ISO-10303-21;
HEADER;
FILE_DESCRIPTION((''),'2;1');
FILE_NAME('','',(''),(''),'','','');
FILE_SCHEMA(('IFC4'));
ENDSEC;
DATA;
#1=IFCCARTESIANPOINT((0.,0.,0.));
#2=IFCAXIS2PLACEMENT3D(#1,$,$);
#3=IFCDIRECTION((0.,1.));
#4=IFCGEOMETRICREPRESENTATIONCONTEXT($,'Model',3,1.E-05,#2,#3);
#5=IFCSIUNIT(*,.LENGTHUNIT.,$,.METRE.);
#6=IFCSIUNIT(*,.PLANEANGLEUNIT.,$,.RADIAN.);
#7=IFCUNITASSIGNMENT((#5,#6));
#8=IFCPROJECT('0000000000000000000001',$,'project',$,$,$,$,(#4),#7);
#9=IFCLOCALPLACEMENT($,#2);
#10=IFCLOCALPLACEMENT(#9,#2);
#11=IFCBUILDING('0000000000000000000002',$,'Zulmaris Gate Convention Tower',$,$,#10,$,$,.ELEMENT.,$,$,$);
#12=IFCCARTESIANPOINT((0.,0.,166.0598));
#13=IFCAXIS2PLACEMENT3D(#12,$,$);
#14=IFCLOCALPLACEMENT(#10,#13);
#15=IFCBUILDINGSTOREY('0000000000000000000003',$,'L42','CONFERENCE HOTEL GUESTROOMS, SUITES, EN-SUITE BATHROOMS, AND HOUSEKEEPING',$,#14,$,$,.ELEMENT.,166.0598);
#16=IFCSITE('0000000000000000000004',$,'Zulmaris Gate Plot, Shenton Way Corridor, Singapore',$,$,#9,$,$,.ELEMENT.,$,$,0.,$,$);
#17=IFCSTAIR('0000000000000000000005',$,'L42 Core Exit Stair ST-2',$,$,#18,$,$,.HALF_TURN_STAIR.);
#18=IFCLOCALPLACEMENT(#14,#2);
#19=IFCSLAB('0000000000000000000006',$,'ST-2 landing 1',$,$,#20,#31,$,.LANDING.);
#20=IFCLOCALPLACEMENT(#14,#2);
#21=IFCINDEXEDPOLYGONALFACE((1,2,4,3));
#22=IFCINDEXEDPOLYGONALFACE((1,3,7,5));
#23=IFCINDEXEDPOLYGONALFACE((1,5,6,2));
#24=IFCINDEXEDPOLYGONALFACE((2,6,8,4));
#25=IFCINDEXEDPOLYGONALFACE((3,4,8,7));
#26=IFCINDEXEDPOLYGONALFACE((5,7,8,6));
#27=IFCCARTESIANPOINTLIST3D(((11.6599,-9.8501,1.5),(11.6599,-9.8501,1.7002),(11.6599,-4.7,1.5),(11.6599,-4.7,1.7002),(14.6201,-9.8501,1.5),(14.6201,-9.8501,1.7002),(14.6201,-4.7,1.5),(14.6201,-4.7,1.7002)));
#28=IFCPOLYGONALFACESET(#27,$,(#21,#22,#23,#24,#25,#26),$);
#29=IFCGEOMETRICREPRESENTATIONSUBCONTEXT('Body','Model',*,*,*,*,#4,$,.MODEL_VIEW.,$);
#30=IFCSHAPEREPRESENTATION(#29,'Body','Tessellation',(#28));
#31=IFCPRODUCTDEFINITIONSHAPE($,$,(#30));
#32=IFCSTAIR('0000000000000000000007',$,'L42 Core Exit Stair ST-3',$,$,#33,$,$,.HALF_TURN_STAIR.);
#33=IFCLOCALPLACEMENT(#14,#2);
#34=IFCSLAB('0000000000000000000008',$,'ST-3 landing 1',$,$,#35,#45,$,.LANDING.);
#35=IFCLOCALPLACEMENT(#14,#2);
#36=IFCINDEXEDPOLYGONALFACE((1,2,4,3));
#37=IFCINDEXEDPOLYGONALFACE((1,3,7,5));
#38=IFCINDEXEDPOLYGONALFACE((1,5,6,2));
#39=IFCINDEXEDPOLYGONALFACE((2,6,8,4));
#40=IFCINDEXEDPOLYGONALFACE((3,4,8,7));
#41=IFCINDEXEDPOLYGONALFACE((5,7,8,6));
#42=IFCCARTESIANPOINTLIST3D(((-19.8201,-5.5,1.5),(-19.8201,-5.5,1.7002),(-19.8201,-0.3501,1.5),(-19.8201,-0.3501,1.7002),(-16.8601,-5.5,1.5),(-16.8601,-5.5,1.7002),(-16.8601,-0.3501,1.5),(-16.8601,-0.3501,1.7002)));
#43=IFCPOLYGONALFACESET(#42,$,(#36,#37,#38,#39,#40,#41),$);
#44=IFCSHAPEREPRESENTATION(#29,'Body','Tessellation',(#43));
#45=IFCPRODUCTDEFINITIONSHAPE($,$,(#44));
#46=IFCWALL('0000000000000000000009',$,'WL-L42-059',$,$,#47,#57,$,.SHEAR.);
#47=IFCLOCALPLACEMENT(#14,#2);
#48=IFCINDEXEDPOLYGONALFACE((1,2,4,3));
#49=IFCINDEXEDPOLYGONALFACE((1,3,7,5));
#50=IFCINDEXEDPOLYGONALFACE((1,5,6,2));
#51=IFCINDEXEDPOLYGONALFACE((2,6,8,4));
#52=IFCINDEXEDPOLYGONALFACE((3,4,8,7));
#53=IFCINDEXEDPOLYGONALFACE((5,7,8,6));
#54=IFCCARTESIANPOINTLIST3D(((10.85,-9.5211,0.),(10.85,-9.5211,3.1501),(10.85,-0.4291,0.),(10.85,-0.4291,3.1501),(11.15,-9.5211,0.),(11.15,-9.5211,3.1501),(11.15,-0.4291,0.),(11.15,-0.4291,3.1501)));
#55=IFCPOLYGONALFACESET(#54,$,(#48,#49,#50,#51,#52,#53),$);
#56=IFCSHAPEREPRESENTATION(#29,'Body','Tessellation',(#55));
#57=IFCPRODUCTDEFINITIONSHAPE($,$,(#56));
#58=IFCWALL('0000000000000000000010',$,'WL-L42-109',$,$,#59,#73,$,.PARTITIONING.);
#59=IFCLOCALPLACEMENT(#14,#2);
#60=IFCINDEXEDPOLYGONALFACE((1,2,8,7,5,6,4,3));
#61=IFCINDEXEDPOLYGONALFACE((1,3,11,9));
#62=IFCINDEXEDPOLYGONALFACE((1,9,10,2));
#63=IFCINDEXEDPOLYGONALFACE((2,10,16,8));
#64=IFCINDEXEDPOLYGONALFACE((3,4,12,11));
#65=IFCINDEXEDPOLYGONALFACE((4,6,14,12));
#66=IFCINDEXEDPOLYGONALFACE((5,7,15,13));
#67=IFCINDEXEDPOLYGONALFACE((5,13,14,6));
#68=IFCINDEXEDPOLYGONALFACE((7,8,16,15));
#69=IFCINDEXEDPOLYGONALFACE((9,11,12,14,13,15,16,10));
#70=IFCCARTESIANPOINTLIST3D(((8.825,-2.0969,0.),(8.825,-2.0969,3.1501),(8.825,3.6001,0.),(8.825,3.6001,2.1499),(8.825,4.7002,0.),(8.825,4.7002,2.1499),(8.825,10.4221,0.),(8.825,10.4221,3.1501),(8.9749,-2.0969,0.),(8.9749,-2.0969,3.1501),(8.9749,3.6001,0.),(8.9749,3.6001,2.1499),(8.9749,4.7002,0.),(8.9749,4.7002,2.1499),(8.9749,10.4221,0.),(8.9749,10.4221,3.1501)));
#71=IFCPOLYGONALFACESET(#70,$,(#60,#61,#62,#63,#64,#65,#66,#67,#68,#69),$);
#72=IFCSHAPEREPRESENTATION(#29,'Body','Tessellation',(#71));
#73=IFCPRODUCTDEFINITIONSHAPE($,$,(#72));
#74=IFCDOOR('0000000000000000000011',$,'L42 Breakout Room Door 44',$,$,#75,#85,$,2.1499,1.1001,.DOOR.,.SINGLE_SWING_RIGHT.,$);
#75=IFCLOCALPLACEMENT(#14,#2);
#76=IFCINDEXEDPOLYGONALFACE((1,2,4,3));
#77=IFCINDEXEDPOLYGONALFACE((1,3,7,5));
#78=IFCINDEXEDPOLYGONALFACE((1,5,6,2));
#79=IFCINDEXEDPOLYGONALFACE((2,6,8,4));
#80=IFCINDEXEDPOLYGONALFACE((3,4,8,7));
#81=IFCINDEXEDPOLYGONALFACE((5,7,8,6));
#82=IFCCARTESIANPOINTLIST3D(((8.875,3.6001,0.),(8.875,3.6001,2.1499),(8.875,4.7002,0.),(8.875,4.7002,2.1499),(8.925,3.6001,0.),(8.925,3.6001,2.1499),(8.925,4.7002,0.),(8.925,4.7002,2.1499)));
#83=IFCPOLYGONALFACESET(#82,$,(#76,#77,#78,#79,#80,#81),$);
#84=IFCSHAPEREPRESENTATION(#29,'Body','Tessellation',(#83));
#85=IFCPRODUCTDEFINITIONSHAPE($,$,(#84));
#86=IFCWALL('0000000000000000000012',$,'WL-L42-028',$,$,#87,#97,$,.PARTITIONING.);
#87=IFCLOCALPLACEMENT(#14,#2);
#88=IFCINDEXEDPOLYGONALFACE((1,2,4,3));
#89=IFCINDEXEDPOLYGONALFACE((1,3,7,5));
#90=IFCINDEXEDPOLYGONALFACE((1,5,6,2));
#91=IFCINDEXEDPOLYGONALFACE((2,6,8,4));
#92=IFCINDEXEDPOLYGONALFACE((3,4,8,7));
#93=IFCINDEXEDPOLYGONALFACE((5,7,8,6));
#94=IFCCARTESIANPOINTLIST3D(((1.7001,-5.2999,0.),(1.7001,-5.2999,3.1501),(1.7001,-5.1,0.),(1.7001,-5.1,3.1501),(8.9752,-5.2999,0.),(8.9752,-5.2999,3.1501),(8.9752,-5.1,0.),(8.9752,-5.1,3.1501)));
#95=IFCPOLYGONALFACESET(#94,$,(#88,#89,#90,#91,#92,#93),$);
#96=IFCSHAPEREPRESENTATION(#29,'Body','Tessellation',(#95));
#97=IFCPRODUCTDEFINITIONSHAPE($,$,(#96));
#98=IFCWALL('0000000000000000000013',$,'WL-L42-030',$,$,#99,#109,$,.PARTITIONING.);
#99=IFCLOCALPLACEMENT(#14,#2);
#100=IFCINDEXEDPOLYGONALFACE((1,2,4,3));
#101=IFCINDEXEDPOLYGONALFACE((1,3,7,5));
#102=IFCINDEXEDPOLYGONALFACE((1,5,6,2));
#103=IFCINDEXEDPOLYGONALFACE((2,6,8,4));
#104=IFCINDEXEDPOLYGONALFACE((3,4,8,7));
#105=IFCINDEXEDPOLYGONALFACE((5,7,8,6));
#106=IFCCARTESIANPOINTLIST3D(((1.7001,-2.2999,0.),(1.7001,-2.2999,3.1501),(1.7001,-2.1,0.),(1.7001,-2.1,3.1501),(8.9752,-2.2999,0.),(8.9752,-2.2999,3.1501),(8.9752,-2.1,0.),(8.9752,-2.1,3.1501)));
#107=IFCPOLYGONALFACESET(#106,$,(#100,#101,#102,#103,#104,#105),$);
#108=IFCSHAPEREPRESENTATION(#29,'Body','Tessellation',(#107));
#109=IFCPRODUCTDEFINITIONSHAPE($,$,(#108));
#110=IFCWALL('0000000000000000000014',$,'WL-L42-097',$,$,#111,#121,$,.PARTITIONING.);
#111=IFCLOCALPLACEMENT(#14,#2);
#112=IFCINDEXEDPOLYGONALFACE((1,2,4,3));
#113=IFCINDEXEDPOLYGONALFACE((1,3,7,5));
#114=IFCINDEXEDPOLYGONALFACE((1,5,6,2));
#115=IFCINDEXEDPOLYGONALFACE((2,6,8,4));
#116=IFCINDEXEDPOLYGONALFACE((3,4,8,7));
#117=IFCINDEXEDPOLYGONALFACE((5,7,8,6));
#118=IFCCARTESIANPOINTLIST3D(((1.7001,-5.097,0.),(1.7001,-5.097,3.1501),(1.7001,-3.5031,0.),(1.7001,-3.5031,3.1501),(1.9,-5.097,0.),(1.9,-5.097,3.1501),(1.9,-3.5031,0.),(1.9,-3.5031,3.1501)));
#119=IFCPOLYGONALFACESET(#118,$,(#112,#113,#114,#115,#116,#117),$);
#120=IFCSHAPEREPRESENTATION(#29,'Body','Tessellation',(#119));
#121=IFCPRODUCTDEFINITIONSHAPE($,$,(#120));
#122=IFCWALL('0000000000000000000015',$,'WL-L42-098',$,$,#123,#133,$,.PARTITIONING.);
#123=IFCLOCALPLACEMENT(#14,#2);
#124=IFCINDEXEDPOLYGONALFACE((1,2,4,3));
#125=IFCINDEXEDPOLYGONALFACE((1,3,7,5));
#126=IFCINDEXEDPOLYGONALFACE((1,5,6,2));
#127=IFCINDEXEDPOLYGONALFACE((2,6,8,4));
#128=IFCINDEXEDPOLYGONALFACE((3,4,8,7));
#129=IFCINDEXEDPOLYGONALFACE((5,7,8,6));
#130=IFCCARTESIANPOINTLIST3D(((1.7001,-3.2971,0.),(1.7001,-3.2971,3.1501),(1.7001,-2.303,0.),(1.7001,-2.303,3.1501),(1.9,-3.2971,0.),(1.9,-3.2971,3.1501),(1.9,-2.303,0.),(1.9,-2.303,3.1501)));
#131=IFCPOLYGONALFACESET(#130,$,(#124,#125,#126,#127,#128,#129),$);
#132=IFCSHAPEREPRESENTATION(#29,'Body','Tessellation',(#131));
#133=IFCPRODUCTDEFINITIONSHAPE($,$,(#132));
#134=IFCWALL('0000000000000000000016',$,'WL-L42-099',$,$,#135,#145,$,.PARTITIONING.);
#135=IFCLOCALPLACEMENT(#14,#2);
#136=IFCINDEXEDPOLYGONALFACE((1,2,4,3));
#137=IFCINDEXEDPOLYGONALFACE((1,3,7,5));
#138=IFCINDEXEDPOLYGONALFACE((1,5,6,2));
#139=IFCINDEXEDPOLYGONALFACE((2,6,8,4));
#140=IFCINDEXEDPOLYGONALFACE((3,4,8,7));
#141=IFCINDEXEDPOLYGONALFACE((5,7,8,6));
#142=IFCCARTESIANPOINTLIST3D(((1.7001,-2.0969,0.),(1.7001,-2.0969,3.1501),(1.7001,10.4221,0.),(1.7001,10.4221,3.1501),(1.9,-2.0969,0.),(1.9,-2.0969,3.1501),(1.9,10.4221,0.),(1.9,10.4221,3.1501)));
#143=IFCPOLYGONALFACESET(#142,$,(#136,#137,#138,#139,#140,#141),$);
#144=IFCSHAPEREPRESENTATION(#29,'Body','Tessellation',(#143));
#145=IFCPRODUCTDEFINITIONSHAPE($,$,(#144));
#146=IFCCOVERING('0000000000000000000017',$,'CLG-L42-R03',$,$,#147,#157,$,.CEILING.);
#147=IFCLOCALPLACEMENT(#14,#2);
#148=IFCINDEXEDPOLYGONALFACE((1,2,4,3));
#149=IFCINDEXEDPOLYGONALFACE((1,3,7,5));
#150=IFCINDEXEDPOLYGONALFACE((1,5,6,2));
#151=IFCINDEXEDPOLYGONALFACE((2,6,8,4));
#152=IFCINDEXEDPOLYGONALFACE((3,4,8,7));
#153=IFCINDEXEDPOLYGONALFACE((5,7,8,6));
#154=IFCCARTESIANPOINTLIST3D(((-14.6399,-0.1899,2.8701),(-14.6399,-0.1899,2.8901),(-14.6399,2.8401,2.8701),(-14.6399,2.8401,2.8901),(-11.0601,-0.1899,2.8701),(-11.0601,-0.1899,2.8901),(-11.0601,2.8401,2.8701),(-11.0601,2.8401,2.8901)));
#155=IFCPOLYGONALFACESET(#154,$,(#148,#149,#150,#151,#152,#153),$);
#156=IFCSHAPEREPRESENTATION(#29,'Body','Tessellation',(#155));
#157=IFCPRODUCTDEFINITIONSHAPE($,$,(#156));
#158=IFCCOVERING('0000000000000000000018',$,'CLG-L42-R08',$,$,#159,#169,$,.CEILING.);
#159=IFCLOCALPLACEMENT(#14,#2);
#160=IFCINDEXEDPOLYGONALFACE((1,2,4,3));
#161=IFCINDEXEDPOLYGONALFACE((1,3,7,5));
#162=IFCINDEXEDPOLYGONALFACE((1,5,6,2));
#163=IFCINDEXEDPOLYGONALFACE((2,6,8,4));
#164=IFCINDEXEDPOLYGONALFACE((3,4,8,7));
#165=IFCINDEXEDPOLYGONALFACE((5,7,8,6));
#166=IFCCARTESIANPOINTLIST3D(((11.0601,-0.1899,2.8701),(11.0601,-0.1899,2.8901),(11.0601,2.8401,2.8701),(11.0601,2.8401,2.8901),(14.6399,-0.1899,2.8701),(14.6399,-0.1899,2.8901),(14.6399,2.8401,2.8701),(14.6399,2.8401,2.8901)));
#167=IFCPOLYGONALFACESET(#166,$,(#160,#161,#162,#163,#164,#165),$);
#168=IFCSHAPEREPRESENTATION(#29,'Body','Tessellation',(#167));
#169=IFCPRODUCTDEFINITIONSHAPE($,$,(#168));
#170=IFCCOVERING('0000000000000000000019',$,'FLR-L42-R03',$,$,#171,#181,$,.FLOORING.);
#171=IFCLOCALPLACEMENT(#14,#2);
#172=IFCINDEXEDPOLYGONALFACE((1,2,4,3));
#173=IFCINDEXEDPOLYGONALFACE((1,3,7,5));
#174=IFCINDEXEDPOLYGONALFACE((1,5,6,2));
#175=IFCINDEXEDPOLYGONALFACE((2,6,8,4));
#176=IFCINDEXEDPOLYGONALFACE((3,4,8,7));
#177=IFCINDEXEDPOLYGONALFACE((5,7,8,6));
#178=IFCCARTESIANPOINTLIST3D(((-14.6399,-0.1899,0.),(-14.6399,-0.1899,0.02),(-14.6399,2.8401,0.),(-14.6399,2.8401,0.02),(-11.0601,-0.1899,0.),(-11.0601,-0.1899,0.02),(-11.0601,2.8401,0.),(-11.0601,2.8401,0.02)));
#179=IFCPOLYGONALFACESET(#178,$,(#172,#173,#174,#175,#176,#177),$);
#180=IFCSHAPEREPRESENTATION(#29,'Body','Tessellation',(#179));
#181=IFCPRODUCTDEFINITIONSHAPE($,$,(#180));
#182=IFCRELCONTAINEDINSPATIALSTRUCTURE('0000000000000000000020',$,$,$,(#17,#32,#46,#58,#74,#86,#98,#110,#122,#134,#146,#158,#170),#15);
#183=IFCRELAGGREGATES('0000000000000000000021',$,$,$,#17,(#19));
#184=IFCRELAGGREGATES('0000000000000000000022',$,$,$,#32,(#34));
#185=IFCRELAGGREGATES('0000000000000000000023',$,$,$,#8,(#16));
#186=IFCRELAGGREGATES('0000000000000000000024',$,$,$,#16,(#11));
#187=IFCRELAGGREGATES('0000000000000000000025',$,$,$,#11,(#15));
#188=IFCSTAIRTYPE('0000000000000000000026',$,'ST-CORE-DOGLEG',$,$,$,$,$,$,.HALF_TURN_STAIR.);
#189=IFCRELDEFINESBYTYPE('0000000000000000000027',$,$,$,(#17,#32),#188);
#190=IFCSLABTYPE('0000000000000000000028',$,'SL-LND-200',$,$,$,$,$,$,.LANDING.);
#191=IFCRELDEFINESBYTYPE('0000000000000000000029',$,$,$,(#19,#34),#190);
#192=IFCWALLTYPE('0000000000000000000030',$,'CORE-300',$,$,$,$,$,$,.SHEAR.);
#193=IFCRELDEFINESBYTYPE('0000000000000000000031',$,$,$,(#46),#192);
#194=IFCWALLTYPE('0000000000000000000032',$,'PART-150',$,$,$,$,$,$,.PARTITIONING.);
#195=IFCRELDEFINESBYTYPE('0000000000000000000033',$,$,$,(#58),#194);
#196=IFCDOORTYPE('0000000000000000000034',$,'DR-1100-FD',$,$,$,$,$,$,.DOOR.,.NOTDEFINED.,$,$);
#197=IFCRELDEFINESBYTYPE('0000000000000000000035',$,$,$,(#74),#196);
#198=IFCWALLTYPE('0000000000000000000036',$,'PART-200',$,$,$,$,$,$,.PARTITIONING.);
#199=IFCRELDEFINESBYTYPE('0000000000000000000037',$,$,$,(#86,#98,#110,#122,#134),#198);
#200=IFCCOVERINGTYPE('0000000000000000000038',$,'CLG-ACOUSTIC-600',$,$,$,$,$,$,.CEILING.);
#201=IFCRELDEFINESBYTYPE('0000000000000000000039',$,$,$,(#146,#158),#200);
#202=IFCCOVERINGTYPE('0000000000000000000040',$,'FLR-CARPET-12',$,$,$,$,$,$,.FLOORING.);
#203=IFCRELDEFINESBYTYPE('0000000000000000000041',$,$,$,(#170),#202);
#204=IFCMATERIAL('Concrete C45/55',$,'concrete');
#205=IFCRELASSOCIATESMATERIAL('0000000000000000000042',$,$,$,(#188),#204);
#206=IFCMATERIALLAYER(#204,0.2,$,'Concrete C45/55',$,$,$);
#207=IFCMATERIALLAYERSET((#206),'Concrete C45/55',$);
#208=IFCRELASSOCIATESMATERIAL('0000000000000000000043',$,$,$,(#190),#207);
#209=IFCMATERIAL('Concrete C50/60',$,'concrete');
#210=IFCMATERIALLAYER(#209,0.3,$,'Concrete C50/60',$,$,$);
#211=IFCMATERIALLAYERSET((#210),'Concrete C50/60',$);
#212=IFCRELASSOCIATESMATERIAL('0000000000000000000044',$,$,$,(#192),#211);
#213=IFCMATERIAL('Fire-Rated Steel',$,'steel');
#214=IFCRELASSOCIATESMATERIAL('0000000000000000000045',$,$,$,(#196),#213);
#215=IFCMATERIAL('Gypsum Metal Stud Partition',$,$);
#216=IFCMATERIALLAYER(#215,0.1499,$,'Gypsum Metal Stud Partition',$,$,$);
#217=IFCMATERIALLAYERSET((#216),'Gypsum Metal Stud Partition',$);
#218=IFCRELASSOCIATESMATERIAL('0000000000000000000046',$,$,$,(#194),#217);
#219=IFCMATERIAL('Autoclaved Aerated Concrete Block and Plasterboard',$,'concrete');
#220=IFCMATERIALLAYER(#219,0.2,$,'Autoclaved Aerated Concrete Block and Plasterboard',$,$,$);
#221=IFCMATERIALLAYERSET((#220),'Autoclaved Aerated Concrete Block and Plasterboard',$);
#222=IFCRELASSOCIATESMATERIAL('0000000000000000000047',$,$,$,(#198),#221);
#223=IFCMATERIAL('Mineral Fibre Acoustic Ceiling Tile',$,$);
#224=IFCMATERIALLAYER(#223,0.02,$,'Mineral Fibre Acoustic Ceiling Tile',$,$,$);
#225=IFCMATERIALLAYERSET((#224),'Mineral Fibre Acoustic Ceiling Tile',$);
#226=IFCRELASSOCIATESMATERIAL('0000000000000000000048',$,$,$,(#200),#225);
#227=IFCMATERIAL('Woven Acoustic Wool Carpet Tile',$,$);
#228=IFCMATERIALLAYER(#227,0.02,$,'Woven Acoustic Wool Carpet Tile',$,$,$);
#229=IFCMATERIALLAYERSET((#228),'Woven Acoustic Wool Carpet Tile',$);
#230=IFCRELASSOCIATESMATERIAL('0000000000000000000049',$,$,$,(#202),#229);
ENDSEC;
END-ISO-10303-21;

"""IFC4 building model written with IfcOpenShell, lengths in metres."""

from ifc_helpers import new_model, si_unit, direction, frame, frame_2d, origin, place, context, subcontext, project, spatial, polyline, rectangle, outline, extrude, material, layer, layer_set, type_object, element, fill, aggregate, save


model = new_model("IFC4")

# Units and contexts
model_context = context("Model", 3, precision=1e-05, world=origin(), true_north=direction((0.0, 1.0)))
body_context = subcontext(model_context, "Body", "Model", "MODEL_VIEW")
ifc_project = project(units=[si_unit("LENGTHUNIT", "METRE"), si_unit("PLANEANGLEUNIT", "RADIAN")], contexts=[model_context])

# Site, building, storey
site_placement = place(None, origin())
site = spatial("IfcSite", under=ifc_project, at=site_placement, Name="Zulmaris Gate Plot, Shenton Way Corridor, Singapore", CompositionType="ELEMENT", RefElevation=0.0)
building_placement = place(site_placement, origin())
building = spatial("IfcBuilding", under=site, at=building_placement, Name="Zulmaris Gate Convention Tower", CompositionType="ELEMENT")
storey_placement = place(building_placement, frame((0.0, 0.0, 166.0598)))
storey = spatial("IfcBuildingStorey", under=building, at=storey_placement, Name="L42", Description="CONFERENCE HOTEL GUESTROOMS, SUITES, EN-SUITE BATHROOMS, AND HOUSEKEEPING", CompositionType="ELEMENT", Elevation=166.0598)

# Stairs, slabs
ifc_material_1 = material(Name="Concrete C45/55", Category="concrete")
stair_type = type_object("IfcStairType", Name="ST-CORE-DOGLEG", PredefinedType="HALF_TURN_STAIR", material=ifc_material_1)
stair_1_placement = place(storey_placement, origin())
stair_1 = element("IfcStair", 1, at=stair_1_placement, inside=storey, type_object=stair_type, Name="L42 Core Exit Stair ST-2", PredefinedType="HALF_TURN_STAIR")
ifc_layer_1 = layer(ifc_material_1, 0.2, Name="Concrete C45/55")
ifc_layer_set_1 = layer_set([ifc_layer_1], Name="Concrete C45/55")
slab_type = type_object("IfcSlabType", Name="SL-LND-200", PredefinedType="LANDING", material=ifc_layer_set_1)
slab_1_placement = place(storey_placement, frame((0.0, 0.0, 1.5)))
slab_1 = element("IfcSlab", 2, at=slab_1_placement, type_object=slab_type, Name="ST-2 landing 1", PredefinedType="LANDING", context=body_context, shape_type="SweptSolid", body=[
    extrude(outline(polyline([(11.6599, -4.7), (11.6599, -9.8501), (14.6201, -9.8501), (14.6201, -4.7), (11.6599, -4.7)])), origin(), (0.0, 0.0, 1.0), 0.2002),
])
aggregate(stair_1, [slab_1])
stair_2_placement = place(storey_placement, origin())
stair_2 = element("IfcStair", 3, at=stair_2_placement, inside=storey, type_object=stair_type, Name="L42 Core Exit Stair ST-3", PredefinedType="HALF_TURN_STAIR")
slab_2_placement = place(storey_placement, frame((0.0, 0.0, 1.5)))
slab_2 = element("IfcSlab", 4, at=slab_2_placement, type_object=slab_type, Name="ST-3 landing 1", PredefinedType="LANDING", context=body_context, shape_type="SweptSolid", body=[
    extrude(outline(polyline([(-16.8601, -5.5), (-16.8601, -0.3501), (-19.8201, -0.3501), (-19.8201, -5.5), (-16.8601, -5.5)])), origin(), (0.0, 0.0, 1.0), 0.2002),
])
aggregate(stair_2, [slab_2])

# Shared definitions
ifc_material_2 = material(Name="Concrete C50/60", Category="concrete")
ifc_layer_2 = layer(ifc_material_2, 0.3, Name="Concrete C50/60")
ifc_layer_set_2 = layer_set([ifc_layer_2], Name="Concrete C50/60")
wall_type_1 = type_object("IfcWallType", Name="CORE-300", PredefinedType="SHEAR", material=ifc_layer_set_2)
ifc_material_3 = material(Name="Fire-Rated Steel", Category="steel")
door_type_1 = type_object("IfcDoorType", Name="DR-1100-FD", OperationType="NOTDEFINED", PredefinedType="DOOR", material=ifc_material_3)

# Wall
wall_1_placement = place(storey_placement, frame((11.0, -9.521, 0.0), z_axis=(0.0, 0.0, 1.0), x_axis=(0.0, 1.0, 0.0)))
element("IfcWall", 5, at=wall_1_placement, inside=storey, type_object=wall_type_1, Name="WL-L42-059", PredefinedType="SHEAR", context=body_context, shape_type="SweptSolid", body=[
    extrude(rectangle(XDim=9.092, YDim=0.3, at=frame_2d((4.5459, 0.0))), origin(), (0.0, 0.0, 1.0), 3.1501),
])

# Wall, opening, door
ifc_material_4 = material(Name="Gypsum Metal Stud Partition")
ifc_layer_3 = layer(ifc_material_4, 0.1499, Name="Gypsum Metal Stud Partition")
ifc_layer_set_3 = layer_set([ifc_layer_3], Name="Gypsum Metal Stud Partition")
wall_type_2 = type_object("IfcWallType", Name="PART-150", PredefinedType="PARTITIONING", material=ifc_layer_set_3)
wall_2_placement = place(storey_placement, frame((8.8999, -2.0969, 0.0), z_axis=(0.0, 0.0, 1.0), x_axis=(0.0, 1.0, 0.0)))
wall_2 = element("IfcWall", 6, at=wall_2_placement, inside=storey, type_object=wall_type_2, Name="WL-L42-109", PredefinedType="PARTITIONING", context=body_context, shape_type="SweptSolid", body=[
    extrude(rectangle(XDim=12.519, YDim=0.1499, at=frame_2d((6.2595, 0.0))), origin(), (0.0, 0.0, 1.0), 3.1501),
])
opening_1_placement = place(wall_2_placement, frame((5.697, 0.0, 0.0)))
opening_1 = element("IfcOpeningElement", 7, at=opening_1_placement, cuts=wall_2, PredefinedType="OPENING", context=body_context, shape_type="SweptSolid", body=[
    extrude(rectangle(XDim=1.1001, YDim=2.1499, at=frame_2d((0.55, 1.075))), frame((0.0, 0.085, 0.0), z_axis=(0.0, -1.0, 0.0), x_axis=(1.0, 0.0, 0.0)), (0.0, 0.0, 1.0), 0.1699),
])
door_1_placement = place(opening_1_placement, origin())
door_1 = element("IfcDoor", 8, at=door_1_placement, inside=storey, type_object=door_type_1, Name="L42 Breakout Room Door 44", OperationType="SINGLE_SWING_RIGHT", OverallHeight=2.1499, OverallWidth=1.1001, PredefinedType="DOOR", context=body_context, shape_type="SweptSolid", body=[
    extrude(rectangle(XDim=1.1001, YDim=2.1499, at=frame_2d((0.55, 1.075))), frame((0.0, 0.0249, 0.0), z_axis=(0.0, -1.0, 0.0), x_axis=(1.0, 0.0, 0.0)), (0.0, 0.0, 1.0), 0.05),
])
fill(opening_1, door_1)

# Walls
ifc_material_5 = material(Name="Autoclaved Aerated Concrete Block and Plasterboard", Category="concrete")
ifc_layer_4 = layer(ifc_material_5, 0.2, Name="Autoclaved Aerated Concrete Block and Plasterboard")
ifc_layer_set_4 = layer_set([ifc_layer_4], Name="Autoclaved Aerated Concrete Block and Plasterboard")
wall_type_3 = type_object("IfcWallType", Name="PART-200", PredefinedType="PARTITIONING", material=ifc_layer_set_4)
for number, where, z_axis, x_axis, name in (
    (9, (1.7, -5.2, 0.0), (0.0, 0.0, 1.0), (1.0, 0.0, 0.0), "WL-L42-028"),
    (10, (1.7, -2.2, 0.0), (0.0, 0.0, 1.0), (1.0, 0.0, 0.0), "WL-L42-030"),
):
    element("IfcWall", number, at=place(storey_placement, frame(where, z_axis=z_axis, x_axis=x_axis)), inside=storey, type_object=wall_type_3, Name=name, PredefinedType="PARTITIONING", context=body_context, shape_type="SweptSolid", body=[
        extrude(rectangle(XDim=7.2751, YDim=0.2, at=frame_2d((3.6377, 0.0))), origin(), (0.0, 0.0, 1.0), 3.1501),
    ])
wall_3_placement = place(storey_placement, frame((1.8, -5.0969, 0.0), z_axis=(0.0, 0.0, 1.0), x_axis=(0.0, 1.0, 0.0)))
element("IfcWall", 11, at=wall_3_placement, inside=storey, type_object=wall_type_3, Name="WL-L42-097", PredefinedType="PARTITIONING", context=body_context, shape_type="SweptSolid", body=[
    extrude(rectangle(XDim=1.594, YDim=0.2, at=frame_2d((0.7969, 0.0))), origin(), (0.0, 0.0, 1.0), 3.1501),
])
wall_4_placement = place(storey_placement, frame((1.8, -3.2971, 0.0), z_axis=(0.0, 0.0, 1.0), x_axis=(0.0, 1.0, 0.0)))
element("IfcWall", 12, at=wall_4_placement, inside=storey, type_object=wall_type_3, Name="WL-L42-098", PredefinedType="PARTITIONING", context=body_context, shape_type="SweptSolid", body=[
    extrude(rectangle(XDim=0.9941, YDim=0.2, at=frame_2d((0.4971, 0.0))), origin(), (0.0, 0.0, 1.0), 3.1501),
])
wall_5_placement = place(storey_placement, frame((1.8, -2.0969, 0.0), z_axis=(0.0, 0.0, 1.0), x_axis=(0.0, 1.0, 0.0)))
element("IfcWall", 13, at=wall_5_placement, inside=storey, type_object=wall_type_3, Name="WL-L42-099", PredefinedType="PARTITIONING", context=body_context, shape_type="SweptSolid", body=[
    extrude(rectangle(XDim=12.519, YDim=0.2, at=frame_2d((6.2595, 0.0))), origin(), (0.0, 0.0, 1.0), 3.1501),
])

# Coverings
ifc_material_6 = material(Name="Mineral Fibre Acoustic Ceiling Tile")
ifc_layer_5 = layer(ifc_material_6, 0.02, Name="Mineral Fibre Acoustic Ceiling Tile")
ifc_layer_set_5 = layer_set([ifc_layer_5], Name="Mineral Fibre Acoustic Ceiling Tile")
covering_type_1 = type_object("IfcCoveringType", Name="CLG-ACOUSTIC-600", PredefinedType="CEILING", material=ifc_layer_set_5)
covering_1_placement = place(storey_placement, frame((0.0, 0.0, 2.8701)))
element("IfcCovering", 14, at=covering_1_placement, inside=storey, type_object=covering_type_1, Name="CLG-L42-R03", PredefinedType="CEILING", context=body_context, shape_type="SweptSolid", body=[
    extrude(outline(polyline([(-14.6399, -0.1899), (-11.0601, -0.1899), (-11.0601, 2.8401), (-14.6399, 2.8401), (-14.6399, -0.1899)])), origin(), (0.0, 0.0, 1.0), 0.02),
])
covering_2_placement = place(storey_placement, frame((0.0, 0.0, 2.8701)))
element("IfcCovering", 15, at=covering_2_placement, inside=storey, type_object=covering_type_1, Name="CLG-L42-R08", PredefinedType="CEILING", context=body_context, shape_type="SweptSolid", body=[
    extrude(outline(polyline([(11.0601, -0.1899), (14.6399, -0.1899), (14.6399, 2.8401), (11.0601, 2.8401), (11.0601, -0.1899)])), origin(), (0.0, 0.0, 1.0), 0.02),
])
ifc_material_7 = material(Name="Woven Acoustic Wool Carpet Tile")
ifc_layer_6 = layer(ifc_material_7, 0.02, Name="Woven Acoustic Wool Carpet Tile")
ifc_layer_set_6 = layer_set([ifc_layer_6], Name="Woven Acoustic Wool Carpet Tile")
covering_type_2 = type_object("IfcCoveringType", Name="FLR-CARPET-12", PredefinedType="FLOORING", material=ifc_layer_set_6)
covering_3_placement = place(storey_placement, origin())
element("IfcCovering", 16, at=covering_3_placement, inside=storey, type_object=covering_type_2, Name="FLR-L42-R03", PredefinedType="FLOORING", context=body_context, shape_type="SweptSolid", body=[
    extrude(outline(polyline([(-14.6399, -0.1899), (-11.0601, -0.1899), (-11.0601, 2.8401), (-14.6399, 2.8401), (-14.6399, -0.1899)])), origin(), (0.0, 0.0, 1.0), 0.02),
])

save(model, "model.ifc")
